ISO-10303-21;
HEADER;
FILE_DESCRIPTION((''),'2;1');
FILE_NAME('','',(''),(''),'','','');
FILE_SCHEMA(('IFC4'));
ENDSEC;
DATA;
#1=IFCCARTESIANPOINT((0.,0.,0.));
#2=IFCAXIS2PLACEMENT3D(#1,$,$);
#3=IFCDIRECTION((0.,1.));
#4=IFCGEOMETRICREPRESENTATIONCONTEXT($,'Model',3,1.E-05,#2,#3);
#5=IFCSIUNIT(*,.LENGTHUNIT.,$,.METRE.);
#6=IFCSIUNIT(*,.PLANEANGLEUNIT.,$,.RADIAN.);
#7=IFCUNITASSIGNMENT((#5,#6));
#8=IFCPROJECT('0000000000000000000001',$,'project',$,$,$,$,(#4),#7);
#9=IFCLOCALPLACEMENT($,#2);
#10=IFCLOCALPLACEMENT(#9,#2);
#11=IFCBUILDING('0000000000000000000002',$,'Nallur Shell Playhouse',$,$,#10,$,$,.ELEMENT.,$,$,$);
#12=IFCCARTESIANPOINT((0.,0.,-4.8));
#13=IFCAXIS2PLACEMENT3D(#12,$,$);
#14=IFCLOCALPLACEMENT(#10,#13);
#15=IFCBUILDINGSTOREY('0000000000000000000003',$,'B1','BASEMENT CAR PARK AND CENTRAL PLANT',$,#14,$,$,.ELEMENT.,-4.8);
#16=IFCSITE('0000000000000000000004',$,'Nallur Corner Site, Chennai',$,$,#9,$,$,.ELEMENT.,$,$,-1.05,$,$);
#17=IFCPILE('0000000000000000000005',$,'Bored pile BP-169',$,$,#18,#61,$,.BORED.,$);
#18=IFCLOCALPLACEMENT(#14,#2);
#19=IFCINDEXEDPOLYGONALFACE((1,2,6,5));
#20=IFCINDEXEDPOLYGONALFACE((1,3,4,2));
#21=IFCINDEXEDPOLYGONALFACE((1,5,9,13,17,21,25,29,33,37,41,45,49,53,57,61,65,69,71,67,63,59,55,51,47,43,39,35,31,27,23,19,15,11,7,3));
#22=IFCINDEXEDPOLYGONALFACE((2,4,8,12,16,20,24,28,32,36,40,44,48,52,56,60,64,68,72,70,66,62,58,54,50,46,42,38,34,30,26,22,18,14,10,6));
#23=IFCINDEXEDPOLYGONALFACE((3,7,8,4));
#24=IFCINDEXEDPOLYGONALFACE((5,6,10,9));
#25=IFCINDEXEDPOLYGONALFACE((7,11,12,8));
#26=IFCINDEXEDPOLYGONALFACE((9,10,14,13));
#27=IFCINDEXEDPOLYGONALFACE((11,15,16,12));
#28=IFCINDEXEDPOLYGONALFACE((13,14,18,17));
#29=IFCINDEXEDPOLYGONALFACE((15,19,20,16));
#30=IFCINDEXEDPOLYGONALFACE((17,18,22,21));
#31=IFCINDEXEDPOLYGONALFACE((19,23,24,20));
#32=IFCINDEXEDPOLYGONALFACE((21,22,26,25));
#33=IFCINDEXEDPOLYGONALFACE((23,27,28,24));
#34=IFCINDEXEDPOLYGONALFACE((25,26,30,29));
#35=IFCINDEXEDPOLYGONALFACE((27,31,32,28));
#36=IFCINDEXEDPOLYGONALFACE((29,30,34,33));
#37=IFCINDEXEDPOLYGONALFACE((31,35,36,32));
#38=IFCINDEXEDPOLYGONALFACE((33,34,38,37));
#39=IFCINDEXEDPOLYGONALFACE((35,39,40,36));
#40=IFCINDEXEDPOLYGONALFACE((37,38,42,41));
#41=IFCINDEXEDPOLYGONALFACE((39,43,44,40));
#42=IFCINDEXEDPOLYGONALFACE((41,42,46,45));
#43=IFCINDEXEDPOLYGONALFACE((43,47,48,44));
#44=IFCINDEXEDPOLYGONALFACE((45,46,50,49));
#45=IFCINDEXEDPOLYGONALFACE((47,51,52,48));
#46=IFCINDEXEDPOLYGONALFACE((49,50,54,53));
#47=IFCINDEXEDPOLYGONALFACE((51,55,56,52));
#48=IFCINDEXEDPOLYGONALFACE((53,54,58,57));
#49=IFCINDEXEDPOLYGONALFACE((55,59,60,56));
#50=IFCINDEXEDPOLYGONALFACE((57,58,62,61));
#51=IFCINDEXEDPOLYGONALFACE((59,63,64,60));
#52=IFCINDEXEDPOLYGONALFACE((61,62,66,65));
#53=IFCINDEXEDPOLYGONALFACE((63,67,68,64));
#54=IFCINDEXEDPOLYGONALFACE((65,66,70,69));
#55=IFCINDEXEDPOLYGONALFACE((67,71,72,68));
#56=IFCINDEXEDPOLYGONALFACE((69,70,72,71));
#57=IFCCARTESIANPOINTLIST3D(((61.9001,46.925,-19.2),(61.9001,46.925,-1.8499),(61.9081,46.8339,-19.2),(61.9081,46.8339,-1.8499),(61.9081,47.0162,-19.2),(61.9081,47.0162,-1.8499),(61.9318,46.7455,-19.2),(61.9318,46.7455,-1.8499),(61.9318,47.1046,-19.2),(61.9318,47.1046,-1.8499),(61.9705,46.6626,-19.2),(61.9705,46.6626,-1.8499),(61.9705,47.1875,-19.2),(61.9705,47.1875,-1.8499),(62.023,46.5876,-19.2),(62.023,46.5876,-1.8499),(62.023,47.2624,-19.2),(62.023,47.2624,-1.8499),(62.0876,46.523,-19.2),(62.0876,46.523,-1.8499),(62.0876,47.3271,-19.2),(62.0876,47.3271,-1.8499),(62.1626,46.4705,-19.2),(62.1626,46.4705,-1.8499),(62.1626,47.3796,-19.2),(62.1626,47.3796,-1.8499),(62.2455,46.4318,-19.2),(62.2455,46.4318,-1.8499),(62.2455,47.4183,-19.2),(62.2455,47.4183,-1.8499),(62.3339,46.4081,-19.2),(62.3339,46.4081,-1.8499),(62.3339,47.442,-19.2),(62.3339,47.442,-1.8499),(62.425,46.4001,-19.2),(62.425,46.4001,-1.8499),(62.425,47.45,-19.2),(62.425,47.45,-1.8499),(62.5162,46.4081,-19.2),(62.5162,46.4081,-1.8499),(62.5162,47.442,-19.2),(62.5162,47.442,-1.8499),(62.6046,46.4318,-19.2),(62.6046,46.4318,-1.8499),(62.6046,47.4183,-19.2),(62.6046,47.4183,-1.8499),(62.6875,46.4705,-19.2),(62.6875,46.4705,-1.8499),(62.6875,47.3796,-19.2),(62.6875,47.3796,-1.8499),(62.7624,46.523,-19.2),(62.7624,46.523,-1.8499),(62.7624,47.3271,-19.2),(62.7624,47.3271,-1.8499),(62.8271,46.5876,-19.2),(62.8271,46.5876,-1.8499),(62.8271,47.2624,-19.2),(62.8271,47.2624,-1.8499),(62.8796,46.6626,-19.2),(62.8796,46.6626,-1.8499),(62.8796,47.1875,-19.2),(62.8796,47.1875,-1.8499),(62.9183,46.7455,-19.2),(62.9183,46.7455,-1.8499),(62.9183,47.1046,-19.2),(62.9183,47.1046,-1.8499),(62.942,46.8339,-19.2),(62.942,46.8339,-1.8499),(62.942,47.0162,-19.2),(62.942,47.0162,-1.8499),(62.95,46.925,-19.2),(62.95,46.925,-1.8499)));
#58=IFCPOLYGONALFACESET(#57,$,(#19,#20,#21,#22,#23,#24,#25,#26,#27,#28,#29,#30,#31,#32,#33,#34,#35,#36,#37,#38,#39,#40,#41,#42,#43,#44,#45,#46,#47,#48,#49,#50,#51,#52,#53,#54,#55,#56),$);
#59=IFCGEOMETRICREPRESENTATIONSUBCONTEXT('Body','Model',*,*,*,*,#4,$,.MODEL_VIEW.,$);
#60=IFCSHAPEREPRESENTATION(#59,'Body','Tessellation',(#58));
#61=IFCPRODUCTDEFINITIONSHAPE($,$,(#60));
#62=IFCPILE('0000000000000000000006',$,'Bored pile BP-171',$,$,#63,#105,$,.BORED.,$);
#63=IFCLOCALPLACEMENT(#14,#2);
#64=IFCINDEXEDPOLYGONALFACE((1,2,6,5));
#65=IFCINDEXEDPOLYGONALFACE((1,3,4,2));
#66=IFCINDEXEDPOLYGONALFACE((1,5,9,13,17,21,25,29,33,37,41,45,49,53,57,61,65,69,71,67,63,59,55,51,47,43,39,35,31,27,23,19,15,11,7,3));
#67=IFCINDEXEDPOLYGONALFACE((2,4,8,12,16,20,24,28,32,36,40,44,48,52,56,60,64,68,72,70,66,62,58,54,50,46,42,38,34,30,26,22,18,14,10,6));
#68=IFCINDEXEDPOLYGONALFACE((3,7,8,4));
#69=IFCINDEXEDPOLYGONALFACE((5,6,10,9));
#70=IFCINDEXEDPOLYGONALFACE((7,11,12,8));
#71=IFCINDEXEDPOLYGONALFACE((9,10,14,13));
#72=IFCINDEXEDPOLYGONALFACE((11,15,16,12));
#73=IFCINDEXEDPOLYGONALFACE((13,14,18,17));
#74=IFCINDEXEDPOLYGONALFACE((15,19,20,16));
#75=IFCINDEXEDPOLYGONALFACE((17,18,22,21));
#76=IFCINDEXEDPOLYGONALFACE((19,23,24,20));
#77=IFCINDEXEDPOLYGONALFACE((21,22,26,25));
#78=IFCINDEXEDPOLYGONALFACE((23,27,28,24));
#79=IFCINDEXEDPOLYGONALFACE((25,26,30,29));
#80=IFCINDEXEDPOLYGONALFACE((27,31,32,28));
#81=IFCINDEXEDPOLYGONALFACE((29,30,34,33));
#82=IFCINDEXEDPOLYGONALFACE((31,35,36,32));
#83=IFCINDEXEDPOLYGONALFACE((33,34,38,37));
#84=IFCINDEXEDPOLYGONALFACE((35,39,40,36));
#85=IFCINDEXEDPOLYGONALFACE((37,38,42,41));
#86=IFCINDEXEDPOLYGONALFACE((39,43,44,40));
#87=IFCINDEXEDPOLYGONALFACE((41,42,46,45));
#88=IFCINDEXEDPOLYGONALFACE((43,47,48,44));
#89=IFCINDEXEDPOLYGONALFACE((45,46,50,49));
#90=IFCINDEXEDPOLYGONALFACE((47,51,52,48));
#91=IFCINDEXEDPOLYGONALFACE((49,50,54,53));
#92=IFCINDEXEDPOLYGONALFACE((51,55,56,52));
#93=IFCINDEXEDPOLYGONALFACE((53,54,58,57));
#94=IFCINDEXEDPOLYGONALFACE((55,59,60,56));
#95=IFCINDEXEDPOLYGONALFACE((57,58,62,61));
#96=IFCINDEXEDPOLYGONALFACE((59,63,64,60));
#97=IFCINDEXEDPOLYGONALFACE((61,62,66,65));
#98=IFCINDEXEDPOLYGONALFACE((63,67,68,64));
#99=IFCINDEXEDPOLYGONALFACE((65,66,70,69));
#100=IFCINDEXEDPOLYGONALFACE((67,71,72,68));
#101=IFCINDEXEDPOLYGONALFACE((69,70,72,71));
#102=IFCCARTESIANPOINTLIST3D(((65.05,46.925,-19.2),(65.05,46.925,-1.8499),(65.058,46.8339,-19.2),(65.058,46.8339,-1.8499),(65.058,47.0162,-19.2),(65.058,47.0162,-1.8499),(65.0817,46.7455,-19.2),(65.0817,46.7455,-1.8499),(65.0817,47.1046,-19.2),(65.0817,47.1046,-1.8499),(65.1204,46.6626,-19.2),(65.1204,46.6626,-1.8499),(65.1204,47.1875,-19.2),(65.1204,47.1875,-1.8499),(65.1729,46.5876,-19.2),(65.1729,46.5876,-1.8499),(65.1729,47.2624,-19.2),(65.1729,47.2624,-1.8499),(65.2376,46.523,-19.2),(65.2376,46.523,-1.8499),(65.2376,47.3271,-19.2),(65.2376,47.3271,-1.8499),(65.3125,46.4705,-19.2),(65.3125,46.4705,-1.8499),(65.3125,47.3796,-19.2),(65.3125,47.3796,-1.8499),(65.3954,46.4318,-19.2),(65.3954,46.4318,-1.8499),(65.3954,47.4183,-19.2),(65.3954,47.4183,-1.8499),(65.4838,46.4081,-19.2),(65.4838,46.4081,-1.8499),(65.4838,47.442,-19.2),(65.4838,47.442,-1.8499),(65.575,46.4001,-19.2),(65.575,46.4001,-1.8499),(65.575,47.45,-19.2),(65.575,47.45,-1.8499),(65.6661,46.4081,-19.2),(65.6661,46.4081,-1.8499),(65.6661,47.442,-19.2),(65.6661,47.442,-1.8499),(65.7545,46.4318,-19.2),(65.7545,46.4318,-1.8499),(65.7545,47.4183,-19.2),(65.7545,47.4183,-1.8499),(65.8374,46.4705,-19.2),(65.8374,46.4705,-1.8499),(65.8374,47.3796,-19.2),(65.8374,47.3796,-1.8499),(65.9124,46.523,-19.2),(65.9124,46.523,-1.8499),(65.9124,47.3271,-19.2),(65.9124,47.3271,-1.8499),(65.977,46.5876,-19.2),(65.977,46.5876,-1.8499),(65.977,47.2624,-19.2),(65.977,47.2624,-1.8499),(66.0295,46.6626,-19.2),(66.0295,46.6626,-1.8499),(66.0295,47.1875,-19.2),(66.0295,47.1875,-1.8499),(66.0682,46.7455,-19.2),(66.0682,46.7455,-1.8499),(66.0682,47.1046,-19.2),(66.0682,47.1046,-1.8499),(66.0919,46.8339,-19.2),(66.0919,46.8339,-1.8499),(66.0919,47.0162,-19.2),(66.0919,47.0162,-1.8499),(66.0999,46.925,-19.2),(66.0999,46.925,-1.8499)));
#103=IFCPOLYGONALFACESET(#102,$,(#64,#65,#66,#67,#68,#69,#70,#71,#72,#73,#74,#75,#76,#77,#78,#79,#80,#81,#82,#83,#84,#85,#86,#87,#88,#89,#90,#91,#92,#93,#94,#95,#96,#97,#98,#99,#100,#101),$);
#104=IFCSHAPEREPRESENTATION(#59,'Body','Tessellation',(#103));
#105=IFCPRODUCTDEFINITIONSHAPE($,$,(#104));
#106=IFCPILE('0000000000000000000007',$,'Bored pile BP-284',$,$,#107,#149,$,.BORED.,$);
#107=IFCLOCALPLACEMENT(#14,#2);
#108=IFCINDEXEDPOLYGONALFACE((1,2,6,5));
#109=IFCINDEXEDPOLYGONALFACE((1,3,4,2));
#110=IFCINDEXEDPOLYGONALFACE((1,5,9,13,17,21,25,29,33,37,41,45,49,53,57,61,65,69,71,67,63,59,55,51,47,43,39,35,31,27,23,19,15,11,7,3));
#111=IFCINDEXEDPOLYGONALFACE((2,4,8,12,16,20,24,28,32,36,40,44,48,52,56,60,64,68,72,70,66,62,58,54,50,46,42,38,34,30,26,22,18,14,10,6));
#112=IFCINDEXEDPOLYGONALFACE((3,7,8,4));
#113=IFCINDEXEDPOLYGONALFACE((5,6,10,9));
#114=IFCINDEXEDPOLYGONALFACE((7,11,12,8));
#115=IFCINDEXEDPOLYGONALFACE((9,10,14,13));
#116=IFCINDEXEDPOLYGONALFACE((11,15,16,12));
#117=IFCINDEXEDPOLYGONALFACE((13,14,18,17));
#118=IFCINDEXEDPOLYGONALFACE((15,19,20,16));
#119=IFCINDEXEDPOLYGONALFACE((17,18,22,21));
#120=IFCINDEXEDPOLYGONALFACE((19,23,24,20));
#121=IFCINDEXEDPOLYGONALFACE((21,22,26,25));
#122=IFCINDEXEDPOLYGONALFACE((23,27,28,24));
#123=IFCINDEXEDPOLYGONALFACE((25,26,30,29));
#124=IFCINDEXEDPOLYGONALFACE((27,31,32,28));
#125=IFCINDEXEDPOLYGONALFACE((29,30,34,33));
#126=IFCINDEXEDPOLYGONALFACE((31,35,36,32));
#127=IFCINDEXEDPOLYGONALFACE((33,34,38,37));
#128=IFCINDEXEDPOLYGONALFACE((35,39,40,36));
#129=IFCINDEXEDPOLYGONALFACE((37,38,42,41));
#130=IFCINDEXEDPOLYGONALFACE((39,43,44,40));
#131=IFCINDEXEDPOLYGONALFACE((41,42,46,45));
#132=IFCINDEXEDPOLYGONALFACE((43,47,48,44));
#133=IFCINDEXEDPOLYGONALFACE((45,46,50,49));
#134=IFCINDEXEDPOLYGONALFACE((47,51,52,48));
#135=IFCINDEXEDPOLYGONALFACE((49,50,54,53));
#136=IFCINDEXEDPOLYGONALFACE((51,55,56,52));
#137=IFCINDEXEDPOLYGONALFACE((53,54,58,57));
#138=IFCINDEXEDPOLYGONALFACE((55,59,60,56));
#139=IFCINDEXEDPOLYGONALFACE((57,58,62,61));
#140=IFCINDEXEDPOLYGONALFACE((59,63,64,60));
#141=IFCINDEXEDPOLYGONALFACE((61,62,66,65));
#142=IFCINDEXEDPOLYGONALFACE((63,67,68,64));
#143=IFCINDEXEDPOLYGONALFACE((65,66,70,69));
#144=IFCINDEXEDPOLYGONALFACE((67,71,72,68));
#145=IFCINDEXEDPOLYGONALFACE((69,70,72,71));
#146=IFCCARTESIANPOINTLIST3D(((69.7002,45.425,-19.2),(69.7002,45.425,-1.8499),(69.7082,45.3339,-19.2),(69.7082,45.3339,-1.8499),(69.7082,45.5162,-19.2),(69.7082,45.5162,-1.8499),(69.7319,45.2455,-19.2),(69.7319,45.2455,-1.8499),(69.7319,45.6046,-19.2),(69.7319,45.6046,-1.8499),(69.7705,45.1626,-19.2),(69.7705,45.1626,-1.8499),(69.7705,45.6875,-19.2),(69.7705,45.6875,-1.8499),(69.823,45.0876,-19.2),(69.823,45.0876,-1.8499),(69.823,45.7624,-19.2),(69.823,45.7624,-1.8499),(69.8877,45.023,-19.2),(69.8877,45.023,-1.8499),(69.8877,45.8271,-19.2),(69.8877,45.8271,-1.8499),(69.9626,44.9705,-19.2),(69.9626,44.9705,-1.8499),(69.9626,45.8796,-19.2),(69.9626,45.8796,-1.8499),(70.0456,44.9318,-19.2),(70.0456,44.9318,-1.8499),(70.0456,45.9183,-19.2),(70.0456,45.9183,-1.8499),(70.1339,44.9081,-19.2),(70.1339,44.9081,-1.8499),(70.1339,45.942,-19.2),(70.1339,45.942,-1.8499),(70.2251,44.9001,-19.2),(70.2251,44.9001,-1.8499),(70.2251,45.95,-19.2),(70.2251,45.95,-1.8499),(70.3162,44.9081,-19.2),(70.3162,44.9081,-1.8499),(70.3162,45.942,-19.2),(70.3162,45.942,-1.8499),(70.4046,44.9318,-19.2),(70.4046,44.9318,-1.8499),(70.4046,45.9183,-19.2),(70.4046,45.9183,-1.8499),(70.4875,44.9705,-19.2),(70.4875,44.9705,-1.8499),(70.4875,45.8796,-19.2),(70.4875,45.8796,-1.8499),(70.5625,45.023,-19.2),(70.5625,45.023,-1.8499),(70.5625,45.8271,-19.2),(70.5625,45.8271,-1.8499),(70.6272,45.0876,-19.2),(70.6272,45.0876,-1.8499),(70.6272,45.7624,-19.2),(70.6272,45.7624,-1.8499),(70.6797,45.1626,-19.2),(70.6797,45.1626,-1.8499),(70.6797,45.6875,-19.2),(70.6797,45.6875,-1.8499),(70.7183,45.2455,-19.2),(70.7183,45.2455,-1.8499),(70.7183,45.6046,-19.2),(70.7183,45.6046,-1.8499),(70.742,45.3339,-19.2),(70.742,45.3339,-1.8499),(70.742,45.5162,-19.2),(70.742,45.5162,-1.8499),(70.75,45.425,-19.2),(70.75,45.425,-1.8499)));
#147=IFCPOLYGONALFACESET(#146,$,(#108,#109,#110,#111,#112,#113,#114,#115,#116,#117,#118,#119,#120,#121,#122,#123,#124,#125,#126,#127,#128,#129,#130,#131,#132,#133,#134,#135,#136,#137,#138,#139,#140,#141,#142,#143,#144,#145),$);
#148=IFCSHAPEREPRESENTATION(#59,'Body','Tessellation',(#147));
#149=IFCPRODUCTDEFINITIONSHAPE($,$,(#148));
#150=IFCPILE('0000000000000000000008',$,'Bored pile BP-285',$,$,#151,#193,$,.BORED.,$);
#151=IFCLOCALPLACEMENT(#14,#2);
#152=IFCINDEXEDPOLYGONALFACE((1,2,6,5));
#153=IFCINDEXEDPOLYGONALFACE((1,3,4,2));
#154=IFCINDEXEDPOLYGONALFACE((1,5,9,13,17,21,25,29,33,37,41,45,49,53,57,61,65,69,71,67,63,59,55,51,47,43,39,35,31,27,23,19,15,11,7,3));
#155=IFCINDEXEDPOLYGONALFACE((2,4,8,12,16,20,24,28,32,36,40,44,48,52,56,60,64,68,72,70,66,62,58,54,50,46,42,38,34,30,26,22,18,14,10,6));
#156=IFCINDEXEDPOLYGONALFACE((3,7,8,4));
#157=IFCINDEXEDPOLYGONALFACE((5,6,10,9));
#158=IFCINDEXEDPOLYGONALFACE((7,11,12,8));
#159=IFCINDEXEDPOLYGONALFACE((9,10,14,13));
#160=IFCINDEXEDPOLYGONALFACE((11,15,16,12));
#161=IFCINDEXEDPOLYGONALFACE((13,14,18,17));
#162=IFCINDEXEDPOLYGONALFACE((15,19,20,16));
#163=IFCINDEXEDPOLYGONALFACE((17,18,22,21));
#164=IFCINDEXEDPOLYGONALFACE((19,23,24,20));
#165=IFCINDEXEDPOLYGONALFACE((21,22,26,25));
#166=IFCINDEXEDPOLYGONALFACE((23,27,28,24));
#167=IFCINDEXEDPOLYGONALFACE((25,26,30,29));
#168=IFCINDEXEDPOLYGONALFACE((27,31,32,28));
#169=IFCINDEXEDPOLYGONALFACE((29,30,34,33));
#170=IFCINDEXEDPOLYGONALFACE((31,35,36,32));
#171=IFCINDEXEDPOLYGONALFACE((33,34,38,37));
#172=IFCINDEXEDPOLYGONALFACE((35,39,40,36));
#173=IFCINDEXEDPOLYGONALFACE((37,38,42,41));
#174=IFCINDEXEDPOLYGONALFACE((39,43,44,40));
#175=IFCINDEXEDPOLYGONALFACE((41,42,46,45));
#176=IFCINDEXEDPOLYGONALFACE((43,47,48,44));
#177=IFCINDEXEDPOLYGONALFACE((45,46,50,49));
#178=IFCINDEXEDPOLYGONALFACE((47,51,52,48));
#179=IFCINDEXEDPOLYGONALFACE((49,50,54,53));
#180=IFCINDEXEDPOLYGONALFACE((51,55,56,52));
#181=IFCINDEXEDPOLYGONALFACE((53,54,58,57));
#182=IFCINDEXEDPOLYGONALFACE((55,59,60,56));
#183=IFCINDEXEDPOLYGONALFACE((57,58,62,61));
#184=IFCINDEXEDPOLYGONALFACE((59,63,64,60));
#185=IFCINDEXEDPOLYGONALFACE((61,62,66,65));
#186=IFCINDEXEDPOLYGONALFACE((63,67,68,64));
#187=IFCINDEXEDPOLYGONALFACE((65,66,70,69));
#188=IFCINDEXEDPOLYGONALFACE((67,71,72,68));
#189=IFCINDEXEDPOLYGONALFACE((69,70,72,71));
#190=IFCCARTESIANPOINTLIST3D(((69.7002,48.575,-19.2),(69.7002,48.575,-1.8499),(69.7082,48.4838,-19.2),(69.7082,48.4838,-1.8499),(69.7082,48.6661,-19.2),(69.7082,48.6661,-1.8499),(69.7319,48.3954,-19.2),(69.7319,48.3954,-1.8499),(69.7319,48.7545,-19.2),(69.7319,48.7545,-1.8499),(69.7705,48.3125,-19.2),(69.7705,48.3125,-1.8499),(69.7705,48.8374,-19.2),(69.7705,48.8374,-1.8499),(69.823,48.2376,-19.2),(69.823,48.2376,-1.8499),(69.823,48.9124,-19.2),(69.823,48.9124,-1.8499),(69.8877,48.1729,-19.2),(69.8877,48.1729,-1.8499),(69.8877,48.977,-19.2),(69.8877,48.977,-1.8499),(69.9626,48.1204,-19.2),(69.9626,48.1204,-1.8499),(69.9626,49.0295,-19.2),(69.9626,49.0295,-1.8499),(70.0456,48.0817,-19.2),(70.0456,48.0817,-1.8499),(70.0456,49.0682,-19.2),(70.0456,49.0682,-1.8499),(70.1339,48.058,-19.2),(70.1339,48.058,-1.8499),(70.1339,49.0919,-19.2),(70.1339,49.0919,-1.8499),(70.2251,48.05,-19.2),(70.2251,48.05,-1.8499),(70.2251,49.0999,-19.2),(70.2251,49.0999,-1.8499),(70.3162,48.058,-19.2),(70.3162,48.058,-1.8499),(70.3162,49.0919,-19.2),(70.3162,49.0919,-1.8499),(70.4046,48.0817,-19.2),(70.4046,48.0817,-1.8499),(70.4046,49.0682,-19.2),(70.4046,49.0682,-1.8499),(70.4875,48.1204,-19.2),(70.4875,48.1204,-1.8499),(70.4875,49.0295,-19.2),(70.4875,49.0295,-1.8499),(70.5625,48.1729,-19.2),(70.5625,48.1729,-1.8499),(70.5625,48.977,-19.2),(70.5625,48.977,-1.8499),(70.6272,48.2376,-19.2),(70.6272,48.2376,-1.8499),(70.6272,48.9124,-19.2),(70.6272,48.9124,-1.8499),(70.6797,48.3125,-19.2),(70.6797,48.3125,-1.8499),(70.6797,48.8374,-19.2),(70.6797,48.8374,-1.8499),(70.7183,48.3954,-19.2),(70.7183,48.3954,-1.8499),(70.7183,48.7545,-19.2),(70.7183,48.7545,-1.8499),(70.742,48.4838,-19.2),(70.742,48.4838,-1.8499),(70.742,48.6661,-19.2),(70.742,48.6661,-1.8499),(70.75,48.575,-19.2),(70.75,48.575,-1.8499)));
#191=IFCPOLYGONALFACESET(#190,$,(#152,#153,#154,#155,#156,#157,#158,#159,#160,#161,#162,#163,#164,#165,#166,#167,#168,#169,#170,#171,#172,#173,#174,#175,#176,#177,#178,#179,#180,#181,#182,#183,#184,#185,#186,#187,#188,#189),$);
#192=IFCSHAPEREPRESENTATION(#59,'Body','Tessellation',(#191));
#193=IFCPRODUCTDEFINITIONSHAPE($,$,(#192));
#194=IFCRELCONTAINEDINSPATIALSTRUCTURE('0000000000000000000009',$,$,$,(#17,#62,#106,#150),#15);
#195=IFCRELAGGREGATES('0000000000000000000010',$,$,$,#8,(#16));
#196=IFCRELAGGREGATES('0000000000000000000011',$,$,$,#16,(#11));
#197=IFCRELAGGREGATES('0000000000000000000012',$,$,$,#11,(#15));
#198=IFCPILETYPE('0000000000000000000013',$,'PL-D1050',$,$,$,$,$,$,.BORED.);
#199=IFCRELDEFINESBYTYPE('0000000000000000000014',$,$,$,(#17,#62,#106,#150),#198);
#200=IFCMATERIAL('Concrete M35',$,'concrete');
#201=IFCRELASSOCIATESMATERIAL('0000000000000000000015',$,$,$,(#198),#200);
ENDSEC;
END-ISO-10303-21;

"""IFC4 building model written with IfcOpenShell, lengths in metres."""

from ifc_helpers import new_model, si_unit, direction, frame, origin, origin_2d, place, context, subcontext, project, spatial, circle, extrude, material, material_profile, profile_set, type_object, element, save


model = new_model("IFC4")

# Units and contexts
model_context = context("Model", 3, precision=1e-05, world=origin(), true_north=direction((0.0, 1.0)))
body_context = subcontext(model_context, "Body", "Model", "MODEL_VIEW")
ifc_project = project(units=[si_unit("LENGTHUNIT", "METRE"), si_unit("PLANEANGLEUNIT", "RADIAN")], contexts=[model_context])

# Site, building, storey
site_placement = place(None, origin())
site = spatial("IfcSite", under=ifc_project, at=site_placement, Name="Nallur Corner Site, Chennai", CompositionType="ELEMENT", RefElevation=-1.05)
building_placement = place(site_placement, origin())
building = spatial("IfcBuilding", under=site, at=building_placement, Name="Nallur Shell Playhouse", CompositionType="ELEMENT")
storey_placement = place(building_placement, frame((0.0, 0.0, -4.8)))
storey = spatial("IfcBuildingStorey", under=building, at=storey_placement, Name="B1", Description="BASEMENT CAR PARK AND CENTRAL PLANT", CompositionType="ELEMENT", Elevation=-4.8)

# Shared definitions
ifc_material_1 = material(Name="Concrete M35", Category="concrete")

# Piles
ifc_material_profile_1 = material_profile(ifc_material_1, circle(Radius=0.5249, at=origin_2d()), Name="BORED PILE D1050")
ifc_profile_set_1 = profile_set([ifc_material_profile_1], Name="Concrete M35")
pile_type_1 = type_object("IfcPileType", Name="PL-D1050", PredefinedType="BORED", material=ifc_profile_set_1)
for number, where, z_axis, x_axis, name in (
    (1, (62.425, 46.925, -1.8499), (0.0, 0.0, -1.0), (1.0, 0.0, 0.0), "Bored pile BP-169"),
    (2, (65.575, 46.925, -1.8499), (0.0, 0.0, -1.0), (1.0, 0.0, 0.0), "Bored pile BP-171"),
    (3, (70.2251, 45.425, -1.8499), (0.0, 0.0, -1.0), (1.0, 0.0, 0.0), "Bored pile BP-284"),
    (4, (70.2251, 48.575, -1.8499), (0.0, 0.0, -1.0), (1.0, 0.0, 0.0), "Bored pile BP-285"),
):
    element("IfcPile", number, at=place(storey_placement, frame(where, z_axis=z_axis, x_axis=x_axis)), inside=storey, type_object=pile_type_1, Name=name, PredefinedType="BORED", context=body_context, shape_type="SweptSolid", body=[
        extrude(circle(Radius=0.5249, at=origin_2d()), origin(), (0.0, 0.0, 1.0), 17.3501),
    ])

save(model, "model.ifc")
